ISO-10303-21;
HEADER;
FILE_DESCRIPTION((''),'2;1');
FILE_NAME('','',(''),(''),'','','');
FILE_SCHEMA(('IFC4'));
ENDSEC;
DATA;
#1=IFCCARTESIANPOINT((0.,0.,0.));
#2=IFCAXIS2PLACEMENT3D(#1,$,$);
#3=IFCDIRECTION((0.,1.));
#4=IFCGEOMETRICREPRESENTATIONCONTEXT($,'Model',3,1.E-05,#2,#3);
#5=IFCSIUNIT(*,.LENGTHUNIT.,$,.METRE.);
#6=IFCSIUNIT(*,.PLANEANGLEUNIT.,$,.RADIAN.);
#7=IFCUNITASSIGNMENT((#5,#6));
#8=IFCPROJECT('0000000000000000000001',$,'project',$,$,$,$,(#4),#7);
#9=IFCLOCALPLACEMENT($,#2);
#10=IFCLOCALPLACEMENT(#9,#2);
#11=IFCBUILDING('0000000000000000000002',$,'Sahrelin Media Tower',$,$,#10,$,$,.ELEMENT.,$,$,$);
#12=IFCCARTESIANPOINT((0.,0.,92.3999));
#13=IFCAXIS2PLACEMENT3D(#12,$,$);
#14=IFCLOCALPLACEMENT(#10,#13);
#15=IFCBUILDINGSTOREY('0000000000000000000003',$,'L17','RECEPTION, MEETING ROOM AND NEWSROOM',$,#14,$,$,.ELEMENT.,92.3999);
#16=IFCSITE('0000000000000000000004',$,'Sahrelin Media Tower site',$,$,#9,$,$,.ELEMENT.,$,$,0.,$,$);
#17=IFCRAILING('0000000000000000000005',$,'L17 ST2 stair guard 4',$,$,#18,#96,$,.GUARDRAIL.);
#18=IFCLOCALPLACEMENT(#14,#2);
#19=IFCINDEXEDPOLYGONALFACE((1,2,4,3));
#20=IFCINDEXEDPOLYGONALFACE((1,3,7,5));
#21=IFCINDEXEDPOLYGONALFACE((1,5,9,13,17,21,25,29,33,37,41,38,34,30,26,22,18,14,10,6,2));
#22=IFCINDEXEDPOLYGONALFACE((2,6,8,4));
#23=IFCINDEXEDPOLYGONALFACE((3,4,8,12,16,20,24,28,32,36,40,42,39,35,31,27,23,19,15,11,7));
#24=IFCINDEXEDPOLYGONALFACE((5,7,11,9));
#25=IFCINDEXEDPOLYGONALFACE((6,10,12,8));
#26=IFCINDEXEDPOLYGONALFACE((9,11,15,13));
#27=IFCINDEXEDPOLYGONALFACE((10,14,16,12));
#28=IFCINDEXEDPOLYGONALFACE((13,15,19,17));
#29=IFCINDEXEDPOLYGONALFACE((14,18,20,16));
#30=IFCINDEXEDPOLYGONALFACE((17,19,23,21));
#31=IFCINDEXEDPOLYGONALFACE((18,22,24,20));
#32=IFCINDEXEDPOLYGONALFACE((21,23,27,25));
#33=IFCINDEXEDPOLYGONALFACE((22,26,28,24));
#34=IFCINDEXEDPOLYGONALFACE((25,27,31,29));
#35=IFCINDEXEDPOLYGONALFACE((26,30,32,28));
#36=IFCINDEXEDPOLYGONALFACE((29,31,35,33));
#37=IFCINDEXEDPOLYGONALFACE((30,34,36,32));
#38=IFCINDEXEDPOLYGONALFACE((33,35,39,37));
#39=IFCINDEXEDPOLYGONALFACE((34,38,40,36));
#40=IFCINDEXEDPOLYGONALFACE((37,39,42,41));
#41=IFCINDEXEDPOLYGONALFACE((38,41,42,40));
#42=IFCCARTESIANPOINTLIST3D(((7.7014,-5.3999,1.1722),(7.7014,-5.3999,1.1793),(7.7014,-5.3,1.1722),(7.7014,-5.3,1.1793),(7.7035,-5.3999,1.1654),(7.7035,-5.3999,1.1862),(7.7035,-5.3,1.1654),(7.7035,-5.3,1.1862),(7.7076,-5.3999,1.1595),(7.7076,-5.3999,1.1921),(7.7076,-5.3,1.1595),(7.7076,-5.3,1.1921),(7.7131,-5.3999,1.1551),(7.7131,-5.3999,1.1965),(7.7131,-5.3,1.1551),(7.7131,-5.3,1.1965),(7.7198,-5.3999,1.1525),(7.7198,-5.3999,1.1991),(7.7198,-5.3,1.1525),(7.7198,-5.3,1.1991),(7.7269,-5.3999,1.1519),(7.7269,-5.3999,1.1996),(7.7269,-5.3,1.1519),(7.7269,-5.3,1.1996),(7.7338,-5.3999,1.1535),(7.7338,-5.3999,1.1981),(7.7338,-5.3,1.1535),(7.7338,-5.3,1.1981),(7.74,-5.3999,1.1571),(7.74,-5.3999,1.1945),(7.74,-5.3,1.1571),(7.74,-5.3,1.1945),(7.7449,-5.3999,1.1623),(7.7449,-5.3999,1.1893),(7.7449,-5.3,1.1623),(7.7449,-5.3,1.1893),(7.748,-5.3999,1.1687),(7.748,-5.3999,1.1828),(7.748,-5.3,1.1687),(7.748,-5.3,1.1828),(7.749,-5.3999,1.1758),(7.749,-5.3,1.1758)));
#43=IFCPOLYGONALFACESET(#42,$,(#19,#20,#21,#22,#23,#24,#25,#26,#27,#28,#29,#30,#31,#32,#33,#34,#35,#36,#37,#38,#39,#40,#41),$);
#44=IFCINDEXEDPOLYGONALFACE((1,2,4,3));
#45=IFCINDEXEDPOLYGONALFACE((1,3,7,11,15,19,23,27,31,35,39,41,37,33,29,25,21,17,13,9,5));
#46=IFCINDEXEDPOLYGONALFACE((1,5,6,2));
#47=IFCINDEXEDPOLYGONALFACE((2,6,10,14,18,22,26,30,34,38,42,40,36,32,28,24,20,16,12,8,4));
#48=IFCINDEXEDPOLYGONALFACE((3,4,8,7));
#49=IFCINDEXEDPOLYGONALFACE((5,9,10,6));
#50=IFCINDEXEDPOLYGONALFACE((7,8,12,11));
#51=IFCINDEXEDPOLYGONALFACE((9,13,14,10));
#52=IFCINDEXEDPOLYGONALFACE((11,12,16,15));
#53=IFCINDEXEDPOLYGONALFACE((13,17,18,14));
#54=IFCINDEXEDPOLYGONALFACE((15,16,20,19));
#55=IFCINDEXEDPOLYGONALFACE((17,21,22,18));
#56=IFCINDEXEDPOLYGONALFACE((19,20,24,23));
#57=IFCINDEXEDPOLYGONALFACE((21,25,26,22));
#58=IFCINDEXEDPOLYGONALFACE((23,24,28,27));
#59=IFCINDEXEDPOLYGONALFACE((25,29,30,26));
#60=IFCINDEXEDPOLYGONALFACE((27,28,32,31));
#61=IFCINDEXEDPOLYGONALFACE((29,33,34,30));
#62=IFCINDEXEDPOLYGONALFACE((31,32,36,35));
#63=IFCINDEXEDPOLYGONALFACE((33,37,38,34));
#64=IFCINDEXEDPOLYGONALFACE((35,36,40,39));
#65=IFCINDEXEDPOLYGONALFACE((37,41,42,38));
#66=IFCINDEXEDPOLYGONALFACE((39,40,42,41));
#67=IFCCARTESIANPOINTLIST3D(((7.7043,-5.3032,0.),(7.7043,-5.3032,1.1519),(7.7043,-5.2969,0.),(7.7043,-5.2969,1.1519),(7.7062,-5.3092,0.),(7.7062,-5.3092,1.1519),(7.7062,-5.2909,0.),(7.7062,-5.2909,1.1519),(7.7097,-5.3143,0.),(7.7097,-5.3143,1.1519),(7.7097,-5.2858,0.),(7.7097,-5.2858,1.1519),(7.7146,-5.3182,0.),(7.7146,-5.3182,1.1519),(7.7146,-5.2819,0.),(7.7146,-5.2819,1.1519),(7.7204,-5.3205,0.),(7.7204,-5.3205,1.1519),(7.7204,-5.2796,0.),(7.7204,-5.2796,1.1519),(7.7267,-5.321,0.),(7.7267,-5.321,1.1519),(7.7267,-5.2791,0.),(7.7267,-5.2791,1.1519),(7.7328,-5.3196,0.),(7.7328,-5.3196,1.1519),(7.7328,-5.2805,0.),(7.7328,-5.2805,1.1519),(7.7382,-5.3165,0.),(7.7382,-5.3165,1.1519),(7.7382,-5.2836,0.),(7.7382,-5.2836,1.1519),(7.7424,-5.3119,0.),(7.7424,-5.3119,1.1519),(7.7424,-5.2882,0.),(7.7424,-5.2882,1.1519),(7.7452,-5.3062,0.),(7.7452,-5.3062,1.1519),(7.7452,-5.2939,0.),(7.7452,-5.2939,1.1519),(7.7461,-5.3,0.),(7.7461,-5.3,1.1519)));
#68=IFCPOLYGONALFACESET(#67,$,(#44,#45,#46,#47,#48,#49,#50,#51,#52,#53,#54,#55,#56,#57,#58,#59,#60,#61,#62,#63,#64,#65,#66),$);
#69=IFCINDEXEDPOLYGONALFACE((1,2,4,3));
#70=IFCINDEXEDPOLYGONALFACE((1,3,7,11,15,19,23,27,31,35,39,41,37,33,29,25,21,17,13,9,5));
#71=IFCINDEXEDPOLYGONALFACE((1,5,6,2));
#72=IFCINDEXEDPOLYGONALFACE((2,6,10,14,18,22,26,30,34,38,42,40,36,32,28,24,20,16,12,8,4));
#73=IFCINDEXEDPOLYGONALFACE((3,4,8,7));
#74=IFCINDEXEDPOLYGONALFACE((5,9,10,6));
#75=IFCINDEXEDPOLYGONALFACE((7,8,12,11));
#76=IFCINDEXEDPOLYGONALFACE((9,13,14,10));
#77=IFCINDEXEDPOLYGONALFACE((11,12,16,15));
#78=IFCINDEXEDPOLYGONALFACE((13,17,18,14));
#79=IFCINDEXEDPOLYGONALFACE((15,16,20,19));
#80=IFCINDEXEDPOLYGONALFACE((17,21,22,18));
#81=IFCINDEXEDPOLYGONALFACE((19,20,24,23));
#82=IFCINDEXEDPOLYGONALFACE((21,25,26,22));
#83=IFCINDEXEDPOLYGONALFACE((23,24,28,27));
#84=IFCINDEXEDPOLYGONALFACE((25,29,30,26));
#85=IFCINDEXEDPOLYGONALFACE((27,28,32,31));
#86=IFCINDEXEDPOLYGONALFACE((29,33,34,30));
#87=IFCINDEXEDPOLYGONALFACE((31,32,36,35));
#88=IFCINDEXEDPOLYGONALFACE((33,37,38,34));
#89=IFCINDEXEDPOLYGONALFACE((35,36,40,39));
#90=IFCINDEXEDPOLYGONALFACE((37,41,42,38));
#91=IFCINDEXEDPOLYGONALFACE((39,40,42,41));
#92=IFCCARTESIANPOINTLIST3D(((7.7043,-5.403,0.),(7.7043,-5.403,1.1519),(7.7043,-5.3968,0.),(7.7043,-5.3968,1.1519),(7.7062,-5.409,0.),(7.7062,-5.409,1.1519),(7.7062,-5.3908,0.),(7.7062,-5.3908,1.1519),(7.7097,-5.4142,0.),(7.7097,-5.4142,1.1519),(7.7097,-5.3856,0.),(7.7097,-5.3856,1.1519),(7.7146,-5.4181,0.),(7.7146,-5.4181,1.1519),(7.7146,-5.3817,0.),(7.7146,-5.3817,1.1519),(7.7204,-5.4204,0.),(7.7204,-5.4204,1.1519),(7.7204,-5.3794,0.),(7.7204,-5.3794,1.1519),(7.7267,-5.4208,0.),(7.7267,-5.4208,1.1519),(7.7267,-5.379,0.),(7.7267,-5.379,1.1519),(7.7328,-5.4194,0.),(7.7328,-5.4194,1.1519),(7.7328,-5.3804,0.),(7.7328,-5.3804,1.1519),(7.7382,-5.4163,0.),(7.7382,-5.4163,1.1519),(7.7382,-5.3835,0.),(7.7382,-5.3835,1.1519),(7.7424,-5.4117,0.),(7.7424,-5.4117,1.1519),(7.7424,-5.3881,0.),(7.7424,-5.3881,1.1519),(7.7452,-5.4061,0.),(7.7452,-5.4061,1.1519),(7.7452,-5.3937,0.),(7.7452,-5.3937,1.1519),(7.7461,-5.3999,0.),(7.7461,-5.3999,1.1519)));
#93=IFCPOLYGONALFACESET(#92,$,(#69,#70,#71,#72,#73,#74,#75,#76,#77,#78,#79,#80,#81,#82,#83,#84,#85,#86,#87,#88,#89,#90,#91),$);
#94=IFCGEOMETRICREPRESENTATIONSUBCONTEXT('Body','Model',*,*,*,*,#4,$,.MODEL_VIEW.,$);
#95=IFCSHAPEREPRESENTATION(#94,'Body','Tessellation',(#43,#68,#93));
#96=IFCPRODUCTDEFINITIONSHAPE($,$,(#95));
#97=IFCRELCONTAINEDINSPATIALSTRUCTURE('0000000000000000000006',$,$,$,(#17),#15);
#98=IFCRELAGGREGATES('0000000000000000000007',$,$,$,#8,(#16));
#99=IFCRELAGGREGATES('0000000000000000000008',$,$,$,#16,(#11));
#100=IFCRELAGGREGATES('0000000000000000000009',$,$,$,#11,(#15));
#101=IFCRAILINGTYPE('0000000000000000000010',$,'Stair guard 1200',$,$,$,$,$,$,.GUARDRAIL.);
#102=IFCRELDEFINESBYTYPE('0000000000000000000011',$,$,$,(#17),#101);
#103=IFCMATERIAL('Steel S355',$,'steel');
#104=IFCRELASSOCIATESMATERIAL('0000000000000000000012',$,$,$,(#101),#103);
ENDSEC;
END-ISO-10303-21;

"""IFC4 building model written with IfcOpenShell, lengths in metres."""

from ifc_helpers import new_model, si_unit, direction, frame, origin, origin_2d, place, context, subcontext, project, spatial, circle, extrude, material, type_object, element, save


model = new_model("IFC4")

# Units and contexts
model_context = context("Model", 3, precision=1e-05, world=origin(), true_north=direction((0.0, 1.0)))
body_context = subcontext(model_context, "Body", "Model", "MODEL_VIEW")
ifc_project = project(units=[si_unit("LENGTHUNIT", "METRE"), si_unit("PLANEANGLEUNIT", "RADIAN")], contexts=[model_context])

# Site, building, storey
site_placement = place(None, origin())
site = spatial("IfcSite", under=ifc_project, at=site_placement, Name="Sahrelin Media Tower site", CompositionType="ELEMENT", RefElevation=0.0)
building_placement = place(site_placement, origin())
building = spatial("IfcBuilding", under=site, at=building_placement, Name="Sahrelin Media Tower", CompositionType="ELEMENT")
storey_placement = place(building_placement, frame((0.0, 0.0, 92.3999)))
storey = spatial("IfcBuildingStorey", under=building, at=storey_placement, Name="L17", Description="RECEPTION, MEETING ROOM AND NEWSROOM", CompositionType="ELEMENT", Elevation=92.3999)

# Railing
ifc_material_1 = material(Name="Steel S355", Category="steel")
railing_type_1 = type_object("IfcRailingType", Name="Stair guard 1200", PredefinedType="GUARDRAIL", material=ifc_material_1)
railing_1_placement = place(storey_placement, frame((7.7251, -5.3, 0.0)))
element("IfcRailing", 1, at=railing_1_placement, inside=storey, type_object=railing_type_1, Name="L17 ST2 stair guard 4", PredefinedType="GUARDRAIL", context=body_context, shape_type="SweptSolid", body=[
    extrude(circle(Radius=0.0239, at=origin_2d()), frame((0.0, 0.0, 1.1758), z_axis=(0.0, -1.0, 0.0), x_axis=(1.0, 0.0, 0.0)), (0.0, 0.0, 1.0), 0.0999),
    extrude(circle(Radius=0.021, at=origin_2d()), origin(), (0.0, 0.0, 1.0), 1.1519),
    extrude(circle(Radius=0.021, at=origin_2d()), frame((0.0, -0.0999, 0.0)), (0.0, 0.0, 1.0), 1.1519),
])

save(model, "model.ifc")
